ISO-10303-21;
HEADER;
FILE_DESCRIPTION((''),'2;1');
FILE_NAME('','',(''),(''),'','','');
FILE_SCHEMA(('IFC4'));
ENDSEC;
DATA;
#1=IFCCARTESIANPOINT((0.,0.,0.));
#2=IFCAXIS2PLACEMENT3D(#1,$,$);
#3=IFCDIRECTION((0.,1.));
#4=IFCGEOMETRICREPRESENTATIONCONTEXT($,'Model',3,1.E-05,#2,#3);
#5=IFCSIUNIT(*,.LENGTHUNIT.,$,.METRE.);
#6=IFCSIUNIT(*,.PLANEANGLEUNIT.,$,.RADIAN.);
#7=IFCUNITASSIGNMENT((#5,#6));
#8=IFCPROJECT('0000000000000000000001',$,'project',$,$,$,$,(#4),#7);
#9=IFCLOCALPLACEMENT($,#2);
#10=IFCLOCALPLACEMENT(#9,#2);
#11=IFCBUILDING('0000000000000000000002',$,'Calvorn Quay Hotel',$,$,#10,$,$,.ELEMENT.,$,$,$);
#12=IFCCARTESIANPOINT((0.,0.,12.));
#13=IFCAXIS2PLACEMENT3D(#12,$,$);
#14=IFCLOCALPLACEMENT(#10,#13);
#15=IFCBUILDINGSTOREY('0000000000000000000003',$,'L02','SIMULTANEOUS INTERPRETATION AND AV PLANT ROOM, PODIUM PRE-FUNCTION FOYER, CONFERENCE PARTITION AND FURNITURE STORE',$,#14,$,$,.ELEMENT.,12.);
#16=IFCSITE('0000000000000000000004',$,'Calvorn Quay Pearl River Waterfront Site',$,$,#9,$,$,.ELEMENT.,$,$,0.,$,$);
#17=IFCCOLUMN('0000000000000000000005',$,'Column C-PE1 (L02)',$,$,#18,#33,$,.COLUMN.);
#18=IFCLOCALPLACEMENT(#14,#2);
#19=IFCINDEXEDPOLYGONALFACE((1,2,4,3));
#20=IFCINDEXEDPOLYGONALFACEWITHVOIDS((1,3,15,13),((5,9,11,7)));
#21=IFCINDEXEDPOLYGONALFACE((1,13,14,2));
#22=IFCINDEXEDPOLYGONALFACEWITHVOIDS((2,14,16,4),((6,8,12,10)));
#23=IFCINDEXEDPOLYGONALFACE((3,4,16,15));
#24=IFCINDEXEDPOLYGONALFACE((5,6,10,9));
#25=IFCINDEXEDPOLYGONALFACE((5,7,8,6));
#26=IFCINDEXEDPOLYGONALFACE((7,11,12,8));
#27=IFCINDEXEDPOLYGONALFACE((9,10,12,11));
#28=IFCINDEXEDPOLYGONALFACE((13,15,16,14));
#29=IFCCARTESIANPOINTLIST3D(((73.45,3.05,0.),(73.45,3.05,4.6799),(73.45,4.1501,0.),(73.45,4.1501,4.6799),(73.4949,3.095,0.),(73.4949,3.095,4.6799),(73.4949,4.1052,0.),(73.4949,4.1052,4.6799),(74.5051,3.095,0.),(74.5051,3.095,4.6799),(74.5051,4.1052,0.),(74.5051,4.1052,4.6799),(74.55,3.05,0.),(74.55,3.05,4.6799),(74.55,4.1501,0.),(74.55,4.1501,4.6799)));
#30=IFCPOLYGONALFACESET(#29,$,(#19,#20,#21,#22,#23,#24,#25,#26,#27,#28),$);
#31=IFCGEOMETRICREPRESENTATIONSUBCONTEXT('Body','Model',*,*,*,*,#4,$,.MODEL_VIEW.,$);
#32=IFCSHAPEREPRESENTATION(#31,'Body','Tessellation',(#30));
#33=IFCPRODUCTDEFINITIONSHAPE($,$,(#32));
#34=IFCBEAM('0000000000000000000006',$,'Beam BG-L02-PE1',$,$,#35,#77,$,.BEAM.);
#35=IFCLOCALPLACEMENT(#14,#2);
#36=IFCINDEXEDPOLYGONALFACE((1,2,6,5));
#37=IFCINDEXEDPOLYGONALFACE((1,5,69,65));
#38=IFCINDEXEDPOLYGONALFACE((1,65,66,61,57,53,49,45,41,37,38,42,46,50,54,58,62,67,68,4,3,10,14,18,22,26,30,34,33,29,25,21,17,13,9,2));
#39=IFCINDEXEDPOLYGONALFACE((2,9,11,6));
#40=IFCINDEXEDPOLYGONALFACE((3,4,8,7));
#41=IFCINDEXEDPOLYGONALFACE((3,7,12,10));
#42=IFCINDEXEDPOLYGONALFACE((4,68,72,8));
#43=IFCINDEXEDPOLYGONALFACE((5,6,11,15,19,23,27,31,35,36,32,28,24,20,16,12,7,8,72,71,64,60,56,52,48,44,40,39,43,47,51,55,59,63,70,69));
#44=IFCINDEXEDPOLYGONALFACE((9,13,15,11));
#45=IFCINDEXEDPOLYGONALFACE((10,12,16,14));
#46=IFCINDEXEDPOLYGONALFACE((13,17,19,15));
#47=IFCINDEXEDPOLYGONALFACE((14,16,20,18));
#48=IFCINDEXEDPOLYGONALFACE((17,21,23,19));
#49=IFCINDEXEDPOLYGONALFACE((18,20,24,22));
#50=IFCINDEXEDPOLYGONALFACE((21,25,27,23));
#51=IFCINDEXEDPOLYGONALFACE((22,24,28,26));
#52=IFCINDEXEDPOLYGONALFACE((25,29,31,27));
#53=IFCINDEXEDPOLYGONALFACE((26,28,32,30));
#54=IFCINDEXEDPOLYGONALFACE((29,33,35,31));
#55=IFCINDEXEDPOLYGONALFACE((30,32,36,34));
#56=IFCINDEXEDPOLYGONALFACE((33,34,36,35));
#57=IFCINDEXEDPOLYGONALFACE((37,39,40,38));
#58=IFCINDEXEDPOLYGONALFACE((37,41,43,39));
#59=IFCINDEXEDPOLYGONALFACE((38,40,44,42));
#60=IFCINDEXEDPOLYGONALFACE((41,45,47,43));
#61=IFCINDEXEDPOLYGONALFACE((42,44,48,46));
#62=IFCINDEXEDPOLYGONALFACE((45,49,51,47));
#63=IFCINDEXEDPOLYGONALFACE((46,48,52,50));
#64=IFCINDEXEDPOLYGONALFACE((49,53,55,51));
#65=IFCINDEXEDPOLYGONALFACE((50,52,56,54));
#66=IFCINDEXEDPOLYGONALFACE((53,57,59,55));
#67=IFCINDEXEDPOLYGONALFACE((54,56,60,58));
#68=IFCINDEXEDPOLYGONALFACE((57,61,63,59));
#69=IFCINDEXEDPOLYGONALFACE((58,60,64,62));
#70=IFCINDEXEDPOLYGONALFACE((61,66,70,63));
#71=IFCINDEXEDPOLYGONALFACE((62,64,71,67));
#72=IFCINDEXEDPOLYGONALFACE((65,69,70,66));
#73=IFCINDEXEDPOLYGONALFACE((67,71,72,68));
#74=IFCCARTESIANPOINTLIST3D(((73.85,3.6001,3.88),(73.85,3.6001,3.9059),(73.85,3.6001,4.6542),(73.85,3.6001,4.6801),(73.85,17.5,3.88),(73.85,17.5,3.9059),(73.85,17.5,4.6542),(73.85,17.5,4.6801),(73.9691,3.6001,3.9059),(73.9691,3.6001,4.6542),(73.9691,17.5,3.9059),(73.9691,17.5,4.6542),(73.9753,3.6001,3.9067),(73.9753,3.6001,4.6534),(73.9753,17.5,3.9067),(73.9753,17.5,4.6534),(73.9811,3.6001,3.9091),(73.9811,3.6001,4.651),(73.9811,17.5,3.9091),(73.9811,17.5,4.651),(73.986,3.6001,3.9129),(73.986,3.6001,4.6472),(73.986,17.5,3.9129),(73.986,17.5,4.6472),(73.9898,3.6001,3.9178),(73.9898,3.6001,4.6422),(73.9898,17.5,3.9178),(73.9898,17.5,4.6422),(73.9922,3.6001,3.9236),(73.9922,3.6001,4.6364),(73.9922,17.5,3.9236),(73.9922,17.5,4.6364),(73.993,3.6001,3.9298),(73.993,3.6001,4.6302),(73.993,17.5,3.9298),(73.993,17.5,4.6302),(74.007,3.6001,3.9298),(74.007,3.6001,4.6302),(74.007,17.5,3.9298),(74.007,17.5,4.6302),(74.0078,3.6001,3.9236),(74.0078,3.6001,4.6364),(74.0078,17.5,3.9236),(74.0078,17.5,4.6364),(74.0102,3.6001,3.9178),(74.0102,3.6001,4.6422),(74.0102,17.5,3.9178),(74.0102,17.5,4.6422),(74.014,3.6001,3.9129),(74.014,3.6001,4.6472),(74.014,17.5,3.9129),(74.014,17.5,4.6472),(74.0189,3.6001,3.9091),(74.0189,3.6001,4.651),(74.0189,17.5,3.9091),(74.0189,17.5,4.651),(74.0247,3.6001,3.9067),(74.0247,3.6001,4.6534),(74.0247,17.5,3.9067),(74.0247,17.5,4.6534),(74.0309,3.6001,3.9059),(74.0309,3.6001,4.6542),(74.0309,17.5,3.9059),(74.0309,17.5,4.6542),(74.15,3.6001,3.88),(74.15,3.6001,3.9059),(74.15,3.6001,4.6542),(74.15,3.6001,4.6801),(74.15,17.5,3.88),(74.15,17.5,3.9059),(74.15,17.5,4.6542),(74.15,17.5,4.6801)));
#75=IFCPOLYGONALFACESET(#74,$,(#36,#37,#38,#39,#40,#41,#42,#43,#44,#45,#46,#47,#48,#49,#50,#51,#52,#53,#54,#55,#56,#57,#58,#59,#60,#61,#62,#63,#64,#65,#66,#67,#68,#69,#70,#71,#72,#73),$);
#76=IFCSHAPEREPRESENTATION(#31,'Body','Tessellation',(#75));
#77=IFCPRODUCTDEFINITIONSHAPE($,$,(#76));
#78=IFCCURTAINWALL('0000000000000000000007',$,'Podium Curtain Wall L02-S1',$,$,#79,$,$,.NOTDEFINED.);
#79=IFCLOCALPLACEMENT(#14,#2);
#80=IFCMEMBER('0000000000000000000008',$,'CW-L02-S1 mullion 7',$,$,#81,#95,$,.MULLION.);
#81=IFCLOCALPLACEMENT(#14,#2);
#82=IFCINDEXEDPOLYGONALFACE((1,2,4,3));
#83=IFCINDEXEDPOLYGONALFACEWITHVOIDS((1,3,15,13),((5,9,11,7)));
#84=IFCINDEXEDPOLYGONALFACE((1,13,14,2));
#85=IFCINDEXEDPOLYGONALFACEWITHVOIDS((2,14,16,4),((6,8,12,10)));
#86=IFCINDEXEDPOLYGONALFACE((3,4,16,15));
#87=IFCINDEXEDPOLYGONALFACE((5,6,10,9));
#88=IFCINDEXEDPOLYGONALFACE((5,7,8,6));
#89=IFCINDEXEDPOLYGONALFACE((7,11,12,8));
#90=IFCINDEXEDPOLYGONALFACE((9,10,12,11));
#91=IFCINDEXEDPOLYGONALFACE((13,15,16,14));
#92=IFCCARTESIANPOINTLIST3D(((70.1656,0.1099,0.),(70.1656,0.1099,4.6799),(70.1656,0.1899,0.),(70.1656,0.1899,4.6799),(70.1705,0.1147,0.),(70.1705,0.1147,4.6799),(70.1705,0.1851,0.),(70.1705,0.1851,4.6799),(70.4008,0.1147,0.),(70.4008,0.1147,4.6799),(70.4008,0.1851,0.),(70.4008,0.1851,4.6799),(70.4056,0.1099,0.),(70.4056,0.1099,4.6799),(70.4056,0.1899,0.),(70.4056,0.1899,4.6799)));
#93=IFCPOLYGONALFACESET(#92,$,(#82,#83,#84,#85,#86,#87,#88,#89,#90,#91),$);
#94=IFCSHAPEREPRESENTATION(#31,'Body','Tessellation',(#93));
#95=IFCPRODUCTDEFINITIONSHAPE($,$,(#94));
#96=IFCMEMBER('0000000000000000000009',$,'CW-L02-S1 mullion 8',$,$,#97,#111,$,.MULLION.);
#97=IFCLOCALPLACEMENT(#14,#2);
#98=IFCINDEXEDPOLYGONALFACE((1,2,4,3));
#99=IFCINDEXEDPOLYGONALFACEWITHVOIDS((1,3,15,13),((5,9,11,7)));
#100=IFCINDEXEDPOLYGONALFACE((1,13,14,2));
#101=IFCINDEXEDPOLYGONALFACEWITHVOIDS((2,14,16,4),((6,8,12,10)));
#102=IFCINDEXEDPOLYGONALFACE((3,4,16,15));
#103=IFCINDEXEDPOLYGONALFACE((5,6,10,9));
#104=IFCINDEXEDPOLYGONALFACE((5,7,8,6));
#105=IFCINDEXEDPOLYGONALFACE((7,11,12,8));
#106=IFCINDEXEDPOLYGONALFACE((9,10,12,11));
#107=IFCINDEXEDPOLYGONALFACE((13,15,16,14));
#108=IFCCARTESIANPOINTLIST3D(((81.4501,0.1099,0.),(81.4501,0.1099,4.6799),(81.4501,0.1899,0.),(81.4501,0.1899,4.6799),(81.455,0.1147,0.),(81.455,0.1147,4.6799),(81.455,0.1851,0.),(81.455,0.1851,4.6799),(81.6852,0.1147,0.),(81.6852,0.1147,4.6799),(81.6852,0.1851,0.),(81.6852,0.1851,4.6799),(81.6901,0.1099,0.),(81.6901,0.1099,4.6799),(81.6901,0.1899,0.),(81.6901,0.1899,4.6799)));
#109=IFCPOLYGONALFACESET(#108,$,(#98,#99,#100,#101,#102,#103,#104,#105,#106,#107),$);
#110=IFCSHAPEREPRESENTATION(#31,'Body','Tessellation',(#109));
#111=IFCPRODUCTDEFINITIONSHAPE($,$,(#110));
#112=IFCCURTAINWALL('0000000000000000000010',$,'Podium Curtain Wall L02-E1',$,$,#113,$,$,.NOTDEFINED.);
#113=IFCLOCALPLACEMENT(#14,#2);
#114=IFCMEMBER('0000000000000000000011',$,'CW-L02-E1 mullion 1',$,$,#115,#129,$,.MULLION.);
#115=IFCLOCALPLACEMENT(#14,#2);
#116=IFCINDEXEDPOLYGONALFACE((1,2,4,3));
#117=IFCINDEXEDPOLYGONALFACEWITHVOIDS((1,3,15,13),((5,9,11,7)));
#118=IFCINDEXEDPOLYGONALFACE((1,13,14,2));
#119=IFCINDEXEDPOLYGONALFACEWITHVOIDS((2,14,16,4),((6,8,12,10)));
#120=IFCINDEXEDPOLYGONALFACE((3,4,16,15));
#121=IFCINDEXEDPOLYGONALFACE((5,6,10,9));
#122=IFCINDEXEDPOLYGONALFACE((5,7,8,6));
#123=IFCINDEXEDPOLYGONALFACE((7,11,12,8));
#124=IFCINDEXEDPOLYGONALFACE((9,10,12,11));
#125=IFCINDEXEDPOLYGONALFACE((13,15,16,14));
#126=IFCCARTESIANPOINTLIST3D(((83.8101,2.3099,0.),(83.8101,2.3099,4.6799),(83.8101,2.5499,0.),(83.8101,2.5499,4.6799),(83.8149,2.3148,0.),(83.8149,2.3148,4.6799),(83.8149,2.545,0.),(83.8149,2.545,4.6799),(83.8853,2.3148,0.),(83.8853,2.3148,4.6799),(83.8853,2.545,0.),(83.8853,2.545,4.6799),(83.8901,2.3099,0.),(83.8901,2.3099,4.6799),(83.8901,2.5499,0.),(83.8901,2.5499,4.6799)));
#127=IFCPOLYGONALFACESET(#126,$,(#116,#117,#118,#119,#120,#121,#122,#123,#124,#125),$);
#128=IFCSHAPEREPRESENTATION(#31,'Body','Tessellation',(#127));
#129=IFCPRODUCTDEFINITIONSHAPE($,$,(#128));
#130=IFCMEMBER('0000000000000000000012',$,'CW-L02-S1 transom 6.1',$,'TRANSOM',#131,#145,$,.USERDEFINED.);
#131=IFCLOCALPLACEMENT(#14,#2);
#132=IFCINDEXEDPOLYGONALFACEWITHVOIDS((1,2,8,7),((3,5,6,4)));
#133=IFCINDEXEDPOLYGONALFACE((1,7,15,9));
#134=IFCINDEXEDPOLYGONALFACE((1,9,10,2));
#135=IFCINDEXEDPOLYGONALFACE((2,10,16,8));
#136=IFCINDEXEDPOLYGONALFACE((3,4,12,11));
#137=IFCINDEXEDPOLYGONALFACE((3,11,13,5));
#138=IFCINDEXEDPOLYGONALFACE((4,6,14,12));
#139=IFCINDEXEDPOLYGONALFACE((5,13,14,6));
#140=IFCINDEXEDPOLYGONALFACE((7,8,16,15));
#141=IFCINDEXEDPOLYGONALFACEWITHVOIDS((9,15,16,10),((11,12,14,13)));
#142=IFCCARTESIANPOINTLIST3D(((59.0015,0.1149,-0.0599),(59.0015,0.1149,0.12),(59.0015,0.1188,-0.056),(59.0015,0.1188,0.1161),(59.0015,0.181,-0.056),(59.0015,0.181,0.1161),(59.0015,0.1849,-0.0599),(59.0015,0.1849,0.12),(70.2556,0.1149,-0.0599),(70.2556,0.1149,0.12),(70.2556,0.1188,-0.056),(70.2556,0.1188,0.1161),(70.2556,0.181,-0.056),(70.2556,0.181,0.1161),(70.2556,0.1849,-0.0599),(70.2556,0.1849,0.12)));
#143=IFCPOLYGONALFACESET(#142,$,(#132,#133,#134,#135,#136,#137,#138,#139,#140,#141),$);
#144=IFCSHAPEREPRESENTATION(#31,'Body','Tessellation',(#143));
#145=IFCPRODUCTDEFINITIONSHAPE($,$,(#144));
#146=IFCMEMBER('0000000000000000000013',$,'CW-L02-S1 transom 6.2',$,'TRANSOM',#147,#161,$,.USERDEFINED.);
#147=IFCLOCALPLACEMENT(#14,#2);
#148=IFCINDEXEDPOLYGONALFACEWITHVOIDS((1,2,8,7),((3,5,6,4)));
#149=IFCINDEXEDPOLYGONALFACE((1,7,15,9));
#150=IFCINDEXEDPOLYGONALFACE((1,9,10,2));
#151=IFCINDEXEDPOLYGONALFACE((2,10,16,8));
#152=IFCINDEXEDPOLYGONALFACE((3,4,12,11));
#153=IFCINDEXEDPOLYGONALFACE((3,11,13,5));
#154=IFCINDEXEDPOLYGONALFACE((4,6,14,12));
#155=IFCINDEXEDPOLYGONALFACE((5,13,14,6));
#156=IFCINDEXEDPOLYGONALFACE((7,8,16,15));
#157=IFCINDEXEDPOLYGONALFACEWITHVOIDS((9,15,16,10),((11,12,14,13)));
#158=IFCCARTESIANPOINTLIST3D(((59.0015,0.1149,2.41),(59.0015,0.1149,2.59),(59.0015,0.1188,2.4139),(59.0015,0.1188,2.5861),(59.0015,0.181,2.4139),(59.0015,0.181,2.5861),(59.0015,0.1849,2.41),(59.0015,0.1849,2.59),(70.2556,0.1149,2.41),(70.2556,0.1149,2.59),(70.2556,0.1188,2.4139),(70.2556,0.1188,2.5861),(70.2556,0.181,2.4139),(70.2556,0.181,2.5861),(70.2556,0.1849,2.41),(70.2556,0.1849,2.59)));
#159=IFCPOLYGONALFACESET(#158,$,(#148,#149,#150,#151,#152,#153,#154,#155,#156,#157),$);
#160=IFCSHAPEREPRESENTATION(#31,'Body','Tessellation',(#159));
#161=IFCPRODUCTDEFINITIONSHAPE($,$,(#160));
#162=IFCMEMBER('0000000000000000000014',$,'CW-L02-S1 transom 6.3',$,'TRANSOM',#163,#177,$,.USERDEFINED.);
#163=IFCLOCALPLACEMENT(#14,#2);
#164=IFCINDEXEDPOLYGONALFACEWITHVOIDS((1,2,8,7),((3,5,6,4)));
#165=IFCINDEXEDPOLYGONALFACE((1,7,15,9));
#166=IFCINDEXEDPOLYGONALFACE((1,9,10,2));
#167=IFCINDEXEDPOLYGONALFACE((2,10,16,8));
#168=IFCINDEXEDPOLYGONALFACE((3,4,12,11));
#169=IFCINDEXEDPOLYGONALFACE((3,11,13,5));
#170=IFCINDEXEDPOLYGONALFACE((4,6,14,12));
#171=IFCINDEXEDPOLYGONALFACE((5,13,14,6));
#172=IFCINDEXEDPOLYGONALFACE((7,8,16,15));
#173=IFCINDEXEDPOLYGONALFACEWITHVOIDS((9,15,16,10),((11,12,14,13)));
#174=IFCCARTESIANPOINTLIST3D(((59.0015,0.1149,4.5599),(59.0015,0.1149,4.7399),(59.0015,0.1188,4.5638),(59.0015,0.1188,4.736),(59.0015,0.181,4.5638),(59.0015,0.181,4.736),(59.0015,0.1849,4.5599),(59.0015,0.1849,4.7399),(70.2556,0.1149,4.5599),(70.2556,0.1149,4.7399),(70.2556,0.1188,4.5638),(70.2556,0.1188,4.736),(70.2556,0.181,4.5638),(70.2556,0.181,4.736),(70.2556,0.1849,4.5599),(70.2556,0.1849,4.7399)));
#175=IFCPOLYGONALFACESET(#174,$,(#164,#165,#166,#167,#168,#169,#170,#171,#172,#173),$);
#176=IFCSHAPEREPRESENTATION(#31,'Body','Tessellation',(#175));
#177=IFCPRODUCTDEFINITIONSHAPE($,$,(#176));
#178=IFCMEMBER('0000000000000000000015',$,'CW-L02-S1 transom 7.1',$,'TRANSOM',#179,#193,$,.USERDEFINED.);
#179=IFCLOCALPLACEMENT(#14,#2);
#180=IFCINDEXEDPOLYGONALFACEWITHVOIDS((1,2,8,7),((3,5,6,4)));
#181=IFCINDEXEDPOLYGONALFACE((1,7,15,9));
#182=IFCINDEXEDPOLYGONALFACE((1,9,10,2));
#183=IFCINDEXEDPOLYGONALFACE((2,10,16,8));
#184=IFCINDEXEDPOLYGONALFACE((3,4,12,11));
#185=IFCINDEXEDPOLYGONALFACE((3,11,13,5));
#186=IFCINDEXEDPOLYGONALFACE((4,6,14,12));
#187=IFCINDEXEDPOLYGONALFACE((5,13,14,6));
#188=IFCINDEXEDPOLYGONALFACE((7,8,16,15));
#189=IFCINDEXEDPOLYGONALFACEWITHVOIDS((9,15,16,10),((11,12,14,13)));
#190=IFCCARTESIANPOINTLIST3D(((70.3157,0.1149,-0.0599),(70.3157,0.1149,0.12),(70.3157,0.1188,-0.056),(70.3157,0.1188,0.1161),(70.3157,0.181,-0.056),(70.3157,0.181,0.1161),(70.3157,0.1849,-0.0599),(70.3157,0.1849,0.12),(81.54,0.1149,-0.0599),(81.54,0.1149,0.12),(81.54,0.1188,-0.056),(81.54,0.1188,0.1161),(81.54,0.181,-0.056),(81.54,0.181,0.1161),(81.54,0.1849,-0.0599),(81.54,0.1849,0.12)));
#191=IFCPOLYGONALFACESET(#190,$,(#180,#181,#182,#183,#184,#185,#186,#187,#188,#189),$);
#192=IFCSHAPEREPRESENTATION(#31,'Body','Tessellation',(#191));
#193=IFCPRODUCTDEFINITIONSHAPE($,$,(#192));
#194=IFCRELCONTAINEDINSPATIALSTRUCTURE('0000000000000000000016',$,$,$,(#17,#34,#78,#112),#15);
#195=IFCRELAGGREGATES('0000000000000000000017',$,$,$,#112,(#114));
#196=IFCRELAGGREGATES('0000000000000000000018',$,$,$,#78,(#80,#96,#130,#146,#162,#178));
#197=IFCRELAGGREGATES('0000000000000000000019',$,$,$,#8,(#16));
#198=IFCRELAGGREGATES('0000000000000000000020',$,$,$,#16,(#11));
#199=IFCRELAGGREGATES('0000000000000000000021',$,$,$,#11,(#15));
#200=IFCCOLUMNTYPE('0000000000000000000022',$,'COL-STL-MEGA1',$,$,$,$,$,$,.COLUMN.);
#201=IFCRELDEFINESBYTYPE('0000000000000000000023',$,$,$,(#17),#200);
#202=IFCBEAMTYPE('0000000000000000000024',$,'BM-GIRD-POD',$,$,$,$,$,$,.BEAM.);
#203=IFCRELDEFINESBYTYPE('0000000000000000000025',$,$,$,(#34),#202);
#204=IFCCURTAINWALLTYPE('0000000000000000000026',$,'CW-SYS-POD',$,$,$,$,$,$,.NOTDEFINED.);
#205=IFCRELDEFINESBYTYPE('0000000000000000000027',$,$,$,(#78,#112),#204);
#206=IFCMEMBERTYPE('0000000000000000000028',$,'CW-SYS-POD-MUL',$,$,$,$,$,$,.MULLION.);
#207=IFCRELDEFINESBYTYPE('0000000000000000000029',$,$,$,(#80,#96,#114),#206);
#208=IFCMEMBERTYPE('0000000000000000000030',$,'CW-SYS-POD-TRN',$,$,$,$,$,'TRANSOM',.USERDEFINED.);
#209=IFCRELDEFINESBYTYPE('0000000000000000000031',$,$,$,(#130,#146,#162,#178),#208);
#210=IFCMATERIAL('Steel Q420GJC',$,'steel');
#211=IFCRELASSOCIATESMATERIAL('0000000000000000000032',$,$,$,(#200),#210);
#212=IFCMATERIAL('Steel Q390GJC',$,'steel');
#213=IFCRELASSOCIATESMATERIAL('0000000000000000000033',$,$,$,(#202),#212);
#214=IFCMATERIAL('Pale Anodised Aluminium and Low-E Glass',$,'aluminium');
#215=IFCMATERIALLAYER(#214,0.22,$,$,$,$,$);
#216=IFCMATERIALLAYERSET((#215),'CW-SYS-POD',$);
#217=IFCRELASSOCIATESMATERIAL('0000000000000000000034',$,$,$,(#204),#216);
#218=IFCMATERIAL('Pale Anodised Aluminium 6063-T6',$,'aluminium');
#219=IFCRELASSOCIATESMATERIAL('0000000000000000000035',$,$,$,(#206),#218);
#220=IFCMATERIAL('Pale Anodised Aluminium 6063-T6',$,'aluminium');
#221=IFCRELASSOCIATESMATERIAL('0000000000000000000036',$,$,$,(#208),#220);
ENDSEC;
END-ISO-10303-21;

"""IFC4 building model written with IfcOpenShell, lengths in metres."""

from ifc_helpers import new_model, si_unit, direction, frame, origin, origin_2d, place, context, subcontext, project, spatial, hollow_rectangle, i_section, extrude, material, layer, layer_set, material_profile, profile_set, type_object, element, aggregate, save


model = new_model("IFC4")

# Units and contexts
model_context = context("Model", 3, precision=1e-05, world=origin(), true_north=direction((0.0, 1.0)))
body_context = subcontext(model_context, "Body", "Model", "MODEL_VIEW")
ifc_project = project(units=[si_unit("LENGTHUNIT", "METRE"), si_unit("PLANEANGLEUNIT", "RADIAN")], contexts=[model_context])

# Site, building, storey
site_placement = place(None, origin())
site = spatial("IfcSite", under=ifc_project, at=site_placement, Name="Calvorn Quay Pearl River Waterfront Site", CompositionType="ELEMENT", RefElevation=0.0)
building_placement = place(site_placement, origin())
building = spatial("IfcBuilding", under=site, at=building_placement, Name="Calvorn Quay Hotel", CompositionType="ELEMENT")
storey_placement = place(building_placement, frame((0.0, 0.0, 12.0)))
storey = spatial("IfcBuildingStorey", under=building, at=storey_placement, Name="L02", Description="SIMULTANEOUS INTERPRETATION AND AV PLANT ROOM, PODIUM PRE-FUNCTION FOYER, CONFERENCE PARTITION AND FURNITURE STORE", CompositionType="ELEMENT", Elevation=12.0)

# Column
ifc_material_1 = material(Name="Steel Q420GJC", Category="steel")
ifc_material_profile_1 = material_profile(ifc_material_1, hollow_rectangle(XDim=1.1001, YDim=1.1001, WallThickness=0.0449, at=origin_2d()), Name="BOX1100x1100x45")
ifc_profile_set_1 = profile_set([ifc_material_profile_1], Name="Steel Q420GJC")
column_type = type_object("IfcColumnType", Name="COL-STL-MEGA1", PredefinedType="COLUMN", material=ifc_profile_set_1)
column_placement = place(storey_placement, frame((74.0, 3.6001, 0.0), z_axis=(0.0, 0.0, 1.0), x_axis=(1.0, 0.0, 0.0)))
element("IfcColumn", 1, at=column_placement, inside=storey, type_object=column_type, Name="Column C-PE1 (L02)", PredefinedType="COLUMN", context=body_context, shape_type="SweptSolid", body=[
    extrude(hollow_rectangle(XDim=1.1001, YDim=1.1001, WallThickness=0.0449, at=origin_2d()), origin(), (0.0, 0.0, 1.0), 4.6799),
])

# Beam
ifc_material_2 = material(Name="Steel Q390GJC", Category="steel")
ifc_material_profile_2 = material_profile(ifc_material_2, i_section(OverallWidth=0.3, OverallDepth=0.8, WebThickness=0.0139, FlangeThickness=0.0259, FilletRadius=0.0239, at=origin_2d()), Name="HN800x300x14x26")
ifc_profile_set_2 = profile_set([ifc_material_profile_2], Name="Steel Q390GJC")
beam_type = type_object("IfcBeamType", Name="BM-GIRD-POD", PredefinedType="BEAM", material=ifc_profile_set_2)
beam_placement = place(storey_placement, frame((74.0, 3.6001, 4.28), z_axis=(0.0, 1.0, 0.0), x_axis=(-1.0, 0.0, 0.0)))
element("IfcBeam", 2, at=beam_placement, inside=storey, type_object=beam_type, Name="Beam BG-L02-PE1", PredefinedType="BEAM", context=body_context, shape_type="SweptSolid", body=[
    extrude(i_section(OverallWidth=0.3, OverallDepth=0.8, WebThickness=0.0139, FlangeThickness=0.0259, FilletRadius=0.0239, at=origin_2d()), origin(), (0.0, 0.0, 1.0), 13.8999),
])

# Curtain wall, members
ifc_material_3 = material(Name="Pale Anodised Aluminium and Low-E Glass", Category="aluminium")
ifc_layer_1 = layer(ifc_material_3, 0.22)
ifc_layer_set_1 = layer_set([ifc_layer_1], Name="CW-SYS-POD")
curtain_wall_type = type_object("IfcCurtainWallType", Name="CW-SYS-POD", PredefinedType="NOTDEFINED", material=ifc_layer_set_1)
curtain_wall_1_placement = place(storey_placement, origin())
curtain_wall_1 = element("IfcCurtainWall", 3, at=curtain_wall_1_placement, inside=storey, type_object=curtain_wall_type, Name="Podium Curtain Wall L02-S1", PredefinedType="NOTDEFINED")
ifc_material_4 = material(Name="Pale Anodised Aluminium 6063-T6", Category="aluminium")
ifc_material_profile_3 = material_profile(ifc_material_4, hollow_rectangle(XDim=0.0801, YDim=0.24, WallThickness=0.0049, at=origin_2d()), Name="ALU-M240x80x5")
ifc_profile_set_3 = profile_set([ifc_material_profile_3], Name="Pale Anodised Aluminium 6063-T6")
member_type_1 = type_object("IfcMemberType", Name="CW-SYS-POD-MUL", PredefinedType="MULLION", material=ifc_profile_set_3)
member_1_placement = place(storey_placement, frame((70.2856, 0.1499, 0.0), z_axis=(0.0, 0.0, 1.0), x_axis=(0.0, 1.0, 0.0)))
member_1 = element("IfcMember", 4, at=member_1_placement, type_object=member_type_1, Name="CW-L02-S1 mullion 7", PredefinedType="MULLION", context=body_context, shape_type="SweptSolid", body=[
    extrude(hollow_rectangle(XDim=0.0801, YDim=0.24, WallThickness=0.0049, at=origin_2d()), origin(), (0.0, 0.0, 1.0), 4.6799),
])
member_2_placement = place(storey_placement, frame((81.5701, 0.1499, 0.0), z_axis=(0.0, 0.0, 1.0), x_axis=(0.0, 1.0, 0.0)))
member_2 = element("IfcMember", 5, at=member_2_placement, type_object=member_type_1, Name="CW-L02-S1 mullion 8", PredefinedType="MULLION", context=body_context, shape_type="SweptSolid", body=[
    extrude(hollow_rectangle(XDim=0.0801, YDim=0.24, WallThickness=0.0049, at=origin_2d()), origin(), (0.0, 0.0, 1.0), 4.6799),
])

# Curtain wall, member
curtain_wall_2_placement = place(storey_placement, origin())
curtain_wall_2 = element("IfcCurtainWall", 6, at=curtain_wall_2_placement, inside=storey, type_object=curtain_wall_type, Name="Podium Curtain Wall L02-E1", PredefinedType="NOTDEFINED")
member_3_placement = place(storey_placement, frame((83.8501, 2.4299, 0.0), z_axis=(0.0, 0.0, 1.0), x_axis=(-1.0, 0.0, 0.0)))
member_3 = element("IfcMember", 7, at=member_3_placement, type_object=member_type_1, Name="CW-L02-E1 mullion 1", PredefinedType="MULLION", context=body_context, shape_type="SweptSolid", body=[
    extrude(hollow_rectangle(XDim=0.0801, YDim=0.24, WallThickness=0.0049, at=origin_2d()), origin(), (0.0, 0.0, 1.0), 4.6799),
])

# Members
ifc_material_5 = material(Name="Pale Anodised Aluminium 6063-T6", Category="aluminium")
ifc_material_profile_4 = material_profile(ifc_material_5, hollow_rectangle(XDim=0.0701, YDim=0.1799, WallThickness=0.0039, at=origin_2d()), Name="ALU-T180x70x4")
ifc_profile_set_4 = profile_set([ifc_material_profile_4], Name="Pale Anodised Aluminium 6063-T6")
member_type_2 = type_object("IfcMemberType", Name="CW-SYS-POD-TRN", ElementType="TRANSOM", PredefinedType="USERDEFINED", material=ifc_profile_set_4)
member_4_placement = place(storey_placement, frame((59.0015, 0.1499, 0.03), z_axis=(1.0, 0.0, 0.0), x_axis=(0.0, 1.0, 0.0)))
member_4 = element("IfcMember", 8, at=member_4_placement, type_object=member_type_2, Name="CW-L02-S1 transom 6.1", ObjectType="TRANSOM", PredefinedType="USERDEFINED", context=body_context, shape_type="SweptSolid", body=[
    extrude(hollow_rectangle(XDim=0.0701, YDim=0.1799, WallThickness=0.0039, at=origin_2d()), origin(), (0.0, 0.0, 1.0), 11.2542),
])
member_5_placement = place(storey_placement, frame((59.0015, 0.1499, 2.5), z_axis=(1.0, 0.0, 0.0), x_axis=(0.0, 1.0, 0.0)))
member_5 = element("IfcMember", 9, at=member_5_placement, type_object=member_type_2, Name="CW-L02-S1 transom 6.2", ObjectType="TRANSOM", PredefinedType="USERDEFINED", context=body_context, shape_type="SweptSolid", body=[
    extrude(hollow_rectangle(XDim=0.0701, YDim=0.1799, WallThickness=0.0039, at=origin_2d()), origin(), (0.0, 0.0, 1.0), 11.2542),
])
member_6_placement = place(storey_placement, frame((59.0015, 0.1499, 4.6499), z_axis=(1.0, 0.0, 0.0), x_axis=(0.0, 1.0, 0.0)))
member_6 = element("IfcMember", 10, at=member_6_placement, type_object=member_type_2, Name="CW-L02-S1 transom 6.3", ObjectType="TRANSOM", PredefinedType="USERDEFINED", context=body_context, shape_type="SweptSolid", body=[
    extrude(hollow_rectangle(XDim=0.0701, YDim=0.1799, WallThickness=0.0039, at=origin_2d()), origin(), (0.0, 0.0, 1.0), 11.2542),
])
member_7_placement = place(storey_placement, frame((70.3157, 0.1499, 0.03), z_axis=(1.0, 0.0, 0.0), x_axis=(0.0, 1.0, 0.0)))
member_7 = element("IfcMember", 11, at=member_7_placement, type_object=member_type_2, Name="CW-L02-S1 transom 7.1", ObjectType="TRANSOM", PredefinedType="USERDEFINED", context=body_context, shape_type="SweptSolid", body=[
    extrude(hollow_rectangle(XDim=0.0701, YDim=0.1799, WallThickness=0.0039, at=origin_2d()), origin(), (0.0, 0.0, 1.0), 11.2244),
])
aggregate(curtain_wall_2, [member_3])

aggregate(curtain_wall_1, [member_1, member_2, member_4, member_5, member_6, member_7])

save(model, "model.ifc")
